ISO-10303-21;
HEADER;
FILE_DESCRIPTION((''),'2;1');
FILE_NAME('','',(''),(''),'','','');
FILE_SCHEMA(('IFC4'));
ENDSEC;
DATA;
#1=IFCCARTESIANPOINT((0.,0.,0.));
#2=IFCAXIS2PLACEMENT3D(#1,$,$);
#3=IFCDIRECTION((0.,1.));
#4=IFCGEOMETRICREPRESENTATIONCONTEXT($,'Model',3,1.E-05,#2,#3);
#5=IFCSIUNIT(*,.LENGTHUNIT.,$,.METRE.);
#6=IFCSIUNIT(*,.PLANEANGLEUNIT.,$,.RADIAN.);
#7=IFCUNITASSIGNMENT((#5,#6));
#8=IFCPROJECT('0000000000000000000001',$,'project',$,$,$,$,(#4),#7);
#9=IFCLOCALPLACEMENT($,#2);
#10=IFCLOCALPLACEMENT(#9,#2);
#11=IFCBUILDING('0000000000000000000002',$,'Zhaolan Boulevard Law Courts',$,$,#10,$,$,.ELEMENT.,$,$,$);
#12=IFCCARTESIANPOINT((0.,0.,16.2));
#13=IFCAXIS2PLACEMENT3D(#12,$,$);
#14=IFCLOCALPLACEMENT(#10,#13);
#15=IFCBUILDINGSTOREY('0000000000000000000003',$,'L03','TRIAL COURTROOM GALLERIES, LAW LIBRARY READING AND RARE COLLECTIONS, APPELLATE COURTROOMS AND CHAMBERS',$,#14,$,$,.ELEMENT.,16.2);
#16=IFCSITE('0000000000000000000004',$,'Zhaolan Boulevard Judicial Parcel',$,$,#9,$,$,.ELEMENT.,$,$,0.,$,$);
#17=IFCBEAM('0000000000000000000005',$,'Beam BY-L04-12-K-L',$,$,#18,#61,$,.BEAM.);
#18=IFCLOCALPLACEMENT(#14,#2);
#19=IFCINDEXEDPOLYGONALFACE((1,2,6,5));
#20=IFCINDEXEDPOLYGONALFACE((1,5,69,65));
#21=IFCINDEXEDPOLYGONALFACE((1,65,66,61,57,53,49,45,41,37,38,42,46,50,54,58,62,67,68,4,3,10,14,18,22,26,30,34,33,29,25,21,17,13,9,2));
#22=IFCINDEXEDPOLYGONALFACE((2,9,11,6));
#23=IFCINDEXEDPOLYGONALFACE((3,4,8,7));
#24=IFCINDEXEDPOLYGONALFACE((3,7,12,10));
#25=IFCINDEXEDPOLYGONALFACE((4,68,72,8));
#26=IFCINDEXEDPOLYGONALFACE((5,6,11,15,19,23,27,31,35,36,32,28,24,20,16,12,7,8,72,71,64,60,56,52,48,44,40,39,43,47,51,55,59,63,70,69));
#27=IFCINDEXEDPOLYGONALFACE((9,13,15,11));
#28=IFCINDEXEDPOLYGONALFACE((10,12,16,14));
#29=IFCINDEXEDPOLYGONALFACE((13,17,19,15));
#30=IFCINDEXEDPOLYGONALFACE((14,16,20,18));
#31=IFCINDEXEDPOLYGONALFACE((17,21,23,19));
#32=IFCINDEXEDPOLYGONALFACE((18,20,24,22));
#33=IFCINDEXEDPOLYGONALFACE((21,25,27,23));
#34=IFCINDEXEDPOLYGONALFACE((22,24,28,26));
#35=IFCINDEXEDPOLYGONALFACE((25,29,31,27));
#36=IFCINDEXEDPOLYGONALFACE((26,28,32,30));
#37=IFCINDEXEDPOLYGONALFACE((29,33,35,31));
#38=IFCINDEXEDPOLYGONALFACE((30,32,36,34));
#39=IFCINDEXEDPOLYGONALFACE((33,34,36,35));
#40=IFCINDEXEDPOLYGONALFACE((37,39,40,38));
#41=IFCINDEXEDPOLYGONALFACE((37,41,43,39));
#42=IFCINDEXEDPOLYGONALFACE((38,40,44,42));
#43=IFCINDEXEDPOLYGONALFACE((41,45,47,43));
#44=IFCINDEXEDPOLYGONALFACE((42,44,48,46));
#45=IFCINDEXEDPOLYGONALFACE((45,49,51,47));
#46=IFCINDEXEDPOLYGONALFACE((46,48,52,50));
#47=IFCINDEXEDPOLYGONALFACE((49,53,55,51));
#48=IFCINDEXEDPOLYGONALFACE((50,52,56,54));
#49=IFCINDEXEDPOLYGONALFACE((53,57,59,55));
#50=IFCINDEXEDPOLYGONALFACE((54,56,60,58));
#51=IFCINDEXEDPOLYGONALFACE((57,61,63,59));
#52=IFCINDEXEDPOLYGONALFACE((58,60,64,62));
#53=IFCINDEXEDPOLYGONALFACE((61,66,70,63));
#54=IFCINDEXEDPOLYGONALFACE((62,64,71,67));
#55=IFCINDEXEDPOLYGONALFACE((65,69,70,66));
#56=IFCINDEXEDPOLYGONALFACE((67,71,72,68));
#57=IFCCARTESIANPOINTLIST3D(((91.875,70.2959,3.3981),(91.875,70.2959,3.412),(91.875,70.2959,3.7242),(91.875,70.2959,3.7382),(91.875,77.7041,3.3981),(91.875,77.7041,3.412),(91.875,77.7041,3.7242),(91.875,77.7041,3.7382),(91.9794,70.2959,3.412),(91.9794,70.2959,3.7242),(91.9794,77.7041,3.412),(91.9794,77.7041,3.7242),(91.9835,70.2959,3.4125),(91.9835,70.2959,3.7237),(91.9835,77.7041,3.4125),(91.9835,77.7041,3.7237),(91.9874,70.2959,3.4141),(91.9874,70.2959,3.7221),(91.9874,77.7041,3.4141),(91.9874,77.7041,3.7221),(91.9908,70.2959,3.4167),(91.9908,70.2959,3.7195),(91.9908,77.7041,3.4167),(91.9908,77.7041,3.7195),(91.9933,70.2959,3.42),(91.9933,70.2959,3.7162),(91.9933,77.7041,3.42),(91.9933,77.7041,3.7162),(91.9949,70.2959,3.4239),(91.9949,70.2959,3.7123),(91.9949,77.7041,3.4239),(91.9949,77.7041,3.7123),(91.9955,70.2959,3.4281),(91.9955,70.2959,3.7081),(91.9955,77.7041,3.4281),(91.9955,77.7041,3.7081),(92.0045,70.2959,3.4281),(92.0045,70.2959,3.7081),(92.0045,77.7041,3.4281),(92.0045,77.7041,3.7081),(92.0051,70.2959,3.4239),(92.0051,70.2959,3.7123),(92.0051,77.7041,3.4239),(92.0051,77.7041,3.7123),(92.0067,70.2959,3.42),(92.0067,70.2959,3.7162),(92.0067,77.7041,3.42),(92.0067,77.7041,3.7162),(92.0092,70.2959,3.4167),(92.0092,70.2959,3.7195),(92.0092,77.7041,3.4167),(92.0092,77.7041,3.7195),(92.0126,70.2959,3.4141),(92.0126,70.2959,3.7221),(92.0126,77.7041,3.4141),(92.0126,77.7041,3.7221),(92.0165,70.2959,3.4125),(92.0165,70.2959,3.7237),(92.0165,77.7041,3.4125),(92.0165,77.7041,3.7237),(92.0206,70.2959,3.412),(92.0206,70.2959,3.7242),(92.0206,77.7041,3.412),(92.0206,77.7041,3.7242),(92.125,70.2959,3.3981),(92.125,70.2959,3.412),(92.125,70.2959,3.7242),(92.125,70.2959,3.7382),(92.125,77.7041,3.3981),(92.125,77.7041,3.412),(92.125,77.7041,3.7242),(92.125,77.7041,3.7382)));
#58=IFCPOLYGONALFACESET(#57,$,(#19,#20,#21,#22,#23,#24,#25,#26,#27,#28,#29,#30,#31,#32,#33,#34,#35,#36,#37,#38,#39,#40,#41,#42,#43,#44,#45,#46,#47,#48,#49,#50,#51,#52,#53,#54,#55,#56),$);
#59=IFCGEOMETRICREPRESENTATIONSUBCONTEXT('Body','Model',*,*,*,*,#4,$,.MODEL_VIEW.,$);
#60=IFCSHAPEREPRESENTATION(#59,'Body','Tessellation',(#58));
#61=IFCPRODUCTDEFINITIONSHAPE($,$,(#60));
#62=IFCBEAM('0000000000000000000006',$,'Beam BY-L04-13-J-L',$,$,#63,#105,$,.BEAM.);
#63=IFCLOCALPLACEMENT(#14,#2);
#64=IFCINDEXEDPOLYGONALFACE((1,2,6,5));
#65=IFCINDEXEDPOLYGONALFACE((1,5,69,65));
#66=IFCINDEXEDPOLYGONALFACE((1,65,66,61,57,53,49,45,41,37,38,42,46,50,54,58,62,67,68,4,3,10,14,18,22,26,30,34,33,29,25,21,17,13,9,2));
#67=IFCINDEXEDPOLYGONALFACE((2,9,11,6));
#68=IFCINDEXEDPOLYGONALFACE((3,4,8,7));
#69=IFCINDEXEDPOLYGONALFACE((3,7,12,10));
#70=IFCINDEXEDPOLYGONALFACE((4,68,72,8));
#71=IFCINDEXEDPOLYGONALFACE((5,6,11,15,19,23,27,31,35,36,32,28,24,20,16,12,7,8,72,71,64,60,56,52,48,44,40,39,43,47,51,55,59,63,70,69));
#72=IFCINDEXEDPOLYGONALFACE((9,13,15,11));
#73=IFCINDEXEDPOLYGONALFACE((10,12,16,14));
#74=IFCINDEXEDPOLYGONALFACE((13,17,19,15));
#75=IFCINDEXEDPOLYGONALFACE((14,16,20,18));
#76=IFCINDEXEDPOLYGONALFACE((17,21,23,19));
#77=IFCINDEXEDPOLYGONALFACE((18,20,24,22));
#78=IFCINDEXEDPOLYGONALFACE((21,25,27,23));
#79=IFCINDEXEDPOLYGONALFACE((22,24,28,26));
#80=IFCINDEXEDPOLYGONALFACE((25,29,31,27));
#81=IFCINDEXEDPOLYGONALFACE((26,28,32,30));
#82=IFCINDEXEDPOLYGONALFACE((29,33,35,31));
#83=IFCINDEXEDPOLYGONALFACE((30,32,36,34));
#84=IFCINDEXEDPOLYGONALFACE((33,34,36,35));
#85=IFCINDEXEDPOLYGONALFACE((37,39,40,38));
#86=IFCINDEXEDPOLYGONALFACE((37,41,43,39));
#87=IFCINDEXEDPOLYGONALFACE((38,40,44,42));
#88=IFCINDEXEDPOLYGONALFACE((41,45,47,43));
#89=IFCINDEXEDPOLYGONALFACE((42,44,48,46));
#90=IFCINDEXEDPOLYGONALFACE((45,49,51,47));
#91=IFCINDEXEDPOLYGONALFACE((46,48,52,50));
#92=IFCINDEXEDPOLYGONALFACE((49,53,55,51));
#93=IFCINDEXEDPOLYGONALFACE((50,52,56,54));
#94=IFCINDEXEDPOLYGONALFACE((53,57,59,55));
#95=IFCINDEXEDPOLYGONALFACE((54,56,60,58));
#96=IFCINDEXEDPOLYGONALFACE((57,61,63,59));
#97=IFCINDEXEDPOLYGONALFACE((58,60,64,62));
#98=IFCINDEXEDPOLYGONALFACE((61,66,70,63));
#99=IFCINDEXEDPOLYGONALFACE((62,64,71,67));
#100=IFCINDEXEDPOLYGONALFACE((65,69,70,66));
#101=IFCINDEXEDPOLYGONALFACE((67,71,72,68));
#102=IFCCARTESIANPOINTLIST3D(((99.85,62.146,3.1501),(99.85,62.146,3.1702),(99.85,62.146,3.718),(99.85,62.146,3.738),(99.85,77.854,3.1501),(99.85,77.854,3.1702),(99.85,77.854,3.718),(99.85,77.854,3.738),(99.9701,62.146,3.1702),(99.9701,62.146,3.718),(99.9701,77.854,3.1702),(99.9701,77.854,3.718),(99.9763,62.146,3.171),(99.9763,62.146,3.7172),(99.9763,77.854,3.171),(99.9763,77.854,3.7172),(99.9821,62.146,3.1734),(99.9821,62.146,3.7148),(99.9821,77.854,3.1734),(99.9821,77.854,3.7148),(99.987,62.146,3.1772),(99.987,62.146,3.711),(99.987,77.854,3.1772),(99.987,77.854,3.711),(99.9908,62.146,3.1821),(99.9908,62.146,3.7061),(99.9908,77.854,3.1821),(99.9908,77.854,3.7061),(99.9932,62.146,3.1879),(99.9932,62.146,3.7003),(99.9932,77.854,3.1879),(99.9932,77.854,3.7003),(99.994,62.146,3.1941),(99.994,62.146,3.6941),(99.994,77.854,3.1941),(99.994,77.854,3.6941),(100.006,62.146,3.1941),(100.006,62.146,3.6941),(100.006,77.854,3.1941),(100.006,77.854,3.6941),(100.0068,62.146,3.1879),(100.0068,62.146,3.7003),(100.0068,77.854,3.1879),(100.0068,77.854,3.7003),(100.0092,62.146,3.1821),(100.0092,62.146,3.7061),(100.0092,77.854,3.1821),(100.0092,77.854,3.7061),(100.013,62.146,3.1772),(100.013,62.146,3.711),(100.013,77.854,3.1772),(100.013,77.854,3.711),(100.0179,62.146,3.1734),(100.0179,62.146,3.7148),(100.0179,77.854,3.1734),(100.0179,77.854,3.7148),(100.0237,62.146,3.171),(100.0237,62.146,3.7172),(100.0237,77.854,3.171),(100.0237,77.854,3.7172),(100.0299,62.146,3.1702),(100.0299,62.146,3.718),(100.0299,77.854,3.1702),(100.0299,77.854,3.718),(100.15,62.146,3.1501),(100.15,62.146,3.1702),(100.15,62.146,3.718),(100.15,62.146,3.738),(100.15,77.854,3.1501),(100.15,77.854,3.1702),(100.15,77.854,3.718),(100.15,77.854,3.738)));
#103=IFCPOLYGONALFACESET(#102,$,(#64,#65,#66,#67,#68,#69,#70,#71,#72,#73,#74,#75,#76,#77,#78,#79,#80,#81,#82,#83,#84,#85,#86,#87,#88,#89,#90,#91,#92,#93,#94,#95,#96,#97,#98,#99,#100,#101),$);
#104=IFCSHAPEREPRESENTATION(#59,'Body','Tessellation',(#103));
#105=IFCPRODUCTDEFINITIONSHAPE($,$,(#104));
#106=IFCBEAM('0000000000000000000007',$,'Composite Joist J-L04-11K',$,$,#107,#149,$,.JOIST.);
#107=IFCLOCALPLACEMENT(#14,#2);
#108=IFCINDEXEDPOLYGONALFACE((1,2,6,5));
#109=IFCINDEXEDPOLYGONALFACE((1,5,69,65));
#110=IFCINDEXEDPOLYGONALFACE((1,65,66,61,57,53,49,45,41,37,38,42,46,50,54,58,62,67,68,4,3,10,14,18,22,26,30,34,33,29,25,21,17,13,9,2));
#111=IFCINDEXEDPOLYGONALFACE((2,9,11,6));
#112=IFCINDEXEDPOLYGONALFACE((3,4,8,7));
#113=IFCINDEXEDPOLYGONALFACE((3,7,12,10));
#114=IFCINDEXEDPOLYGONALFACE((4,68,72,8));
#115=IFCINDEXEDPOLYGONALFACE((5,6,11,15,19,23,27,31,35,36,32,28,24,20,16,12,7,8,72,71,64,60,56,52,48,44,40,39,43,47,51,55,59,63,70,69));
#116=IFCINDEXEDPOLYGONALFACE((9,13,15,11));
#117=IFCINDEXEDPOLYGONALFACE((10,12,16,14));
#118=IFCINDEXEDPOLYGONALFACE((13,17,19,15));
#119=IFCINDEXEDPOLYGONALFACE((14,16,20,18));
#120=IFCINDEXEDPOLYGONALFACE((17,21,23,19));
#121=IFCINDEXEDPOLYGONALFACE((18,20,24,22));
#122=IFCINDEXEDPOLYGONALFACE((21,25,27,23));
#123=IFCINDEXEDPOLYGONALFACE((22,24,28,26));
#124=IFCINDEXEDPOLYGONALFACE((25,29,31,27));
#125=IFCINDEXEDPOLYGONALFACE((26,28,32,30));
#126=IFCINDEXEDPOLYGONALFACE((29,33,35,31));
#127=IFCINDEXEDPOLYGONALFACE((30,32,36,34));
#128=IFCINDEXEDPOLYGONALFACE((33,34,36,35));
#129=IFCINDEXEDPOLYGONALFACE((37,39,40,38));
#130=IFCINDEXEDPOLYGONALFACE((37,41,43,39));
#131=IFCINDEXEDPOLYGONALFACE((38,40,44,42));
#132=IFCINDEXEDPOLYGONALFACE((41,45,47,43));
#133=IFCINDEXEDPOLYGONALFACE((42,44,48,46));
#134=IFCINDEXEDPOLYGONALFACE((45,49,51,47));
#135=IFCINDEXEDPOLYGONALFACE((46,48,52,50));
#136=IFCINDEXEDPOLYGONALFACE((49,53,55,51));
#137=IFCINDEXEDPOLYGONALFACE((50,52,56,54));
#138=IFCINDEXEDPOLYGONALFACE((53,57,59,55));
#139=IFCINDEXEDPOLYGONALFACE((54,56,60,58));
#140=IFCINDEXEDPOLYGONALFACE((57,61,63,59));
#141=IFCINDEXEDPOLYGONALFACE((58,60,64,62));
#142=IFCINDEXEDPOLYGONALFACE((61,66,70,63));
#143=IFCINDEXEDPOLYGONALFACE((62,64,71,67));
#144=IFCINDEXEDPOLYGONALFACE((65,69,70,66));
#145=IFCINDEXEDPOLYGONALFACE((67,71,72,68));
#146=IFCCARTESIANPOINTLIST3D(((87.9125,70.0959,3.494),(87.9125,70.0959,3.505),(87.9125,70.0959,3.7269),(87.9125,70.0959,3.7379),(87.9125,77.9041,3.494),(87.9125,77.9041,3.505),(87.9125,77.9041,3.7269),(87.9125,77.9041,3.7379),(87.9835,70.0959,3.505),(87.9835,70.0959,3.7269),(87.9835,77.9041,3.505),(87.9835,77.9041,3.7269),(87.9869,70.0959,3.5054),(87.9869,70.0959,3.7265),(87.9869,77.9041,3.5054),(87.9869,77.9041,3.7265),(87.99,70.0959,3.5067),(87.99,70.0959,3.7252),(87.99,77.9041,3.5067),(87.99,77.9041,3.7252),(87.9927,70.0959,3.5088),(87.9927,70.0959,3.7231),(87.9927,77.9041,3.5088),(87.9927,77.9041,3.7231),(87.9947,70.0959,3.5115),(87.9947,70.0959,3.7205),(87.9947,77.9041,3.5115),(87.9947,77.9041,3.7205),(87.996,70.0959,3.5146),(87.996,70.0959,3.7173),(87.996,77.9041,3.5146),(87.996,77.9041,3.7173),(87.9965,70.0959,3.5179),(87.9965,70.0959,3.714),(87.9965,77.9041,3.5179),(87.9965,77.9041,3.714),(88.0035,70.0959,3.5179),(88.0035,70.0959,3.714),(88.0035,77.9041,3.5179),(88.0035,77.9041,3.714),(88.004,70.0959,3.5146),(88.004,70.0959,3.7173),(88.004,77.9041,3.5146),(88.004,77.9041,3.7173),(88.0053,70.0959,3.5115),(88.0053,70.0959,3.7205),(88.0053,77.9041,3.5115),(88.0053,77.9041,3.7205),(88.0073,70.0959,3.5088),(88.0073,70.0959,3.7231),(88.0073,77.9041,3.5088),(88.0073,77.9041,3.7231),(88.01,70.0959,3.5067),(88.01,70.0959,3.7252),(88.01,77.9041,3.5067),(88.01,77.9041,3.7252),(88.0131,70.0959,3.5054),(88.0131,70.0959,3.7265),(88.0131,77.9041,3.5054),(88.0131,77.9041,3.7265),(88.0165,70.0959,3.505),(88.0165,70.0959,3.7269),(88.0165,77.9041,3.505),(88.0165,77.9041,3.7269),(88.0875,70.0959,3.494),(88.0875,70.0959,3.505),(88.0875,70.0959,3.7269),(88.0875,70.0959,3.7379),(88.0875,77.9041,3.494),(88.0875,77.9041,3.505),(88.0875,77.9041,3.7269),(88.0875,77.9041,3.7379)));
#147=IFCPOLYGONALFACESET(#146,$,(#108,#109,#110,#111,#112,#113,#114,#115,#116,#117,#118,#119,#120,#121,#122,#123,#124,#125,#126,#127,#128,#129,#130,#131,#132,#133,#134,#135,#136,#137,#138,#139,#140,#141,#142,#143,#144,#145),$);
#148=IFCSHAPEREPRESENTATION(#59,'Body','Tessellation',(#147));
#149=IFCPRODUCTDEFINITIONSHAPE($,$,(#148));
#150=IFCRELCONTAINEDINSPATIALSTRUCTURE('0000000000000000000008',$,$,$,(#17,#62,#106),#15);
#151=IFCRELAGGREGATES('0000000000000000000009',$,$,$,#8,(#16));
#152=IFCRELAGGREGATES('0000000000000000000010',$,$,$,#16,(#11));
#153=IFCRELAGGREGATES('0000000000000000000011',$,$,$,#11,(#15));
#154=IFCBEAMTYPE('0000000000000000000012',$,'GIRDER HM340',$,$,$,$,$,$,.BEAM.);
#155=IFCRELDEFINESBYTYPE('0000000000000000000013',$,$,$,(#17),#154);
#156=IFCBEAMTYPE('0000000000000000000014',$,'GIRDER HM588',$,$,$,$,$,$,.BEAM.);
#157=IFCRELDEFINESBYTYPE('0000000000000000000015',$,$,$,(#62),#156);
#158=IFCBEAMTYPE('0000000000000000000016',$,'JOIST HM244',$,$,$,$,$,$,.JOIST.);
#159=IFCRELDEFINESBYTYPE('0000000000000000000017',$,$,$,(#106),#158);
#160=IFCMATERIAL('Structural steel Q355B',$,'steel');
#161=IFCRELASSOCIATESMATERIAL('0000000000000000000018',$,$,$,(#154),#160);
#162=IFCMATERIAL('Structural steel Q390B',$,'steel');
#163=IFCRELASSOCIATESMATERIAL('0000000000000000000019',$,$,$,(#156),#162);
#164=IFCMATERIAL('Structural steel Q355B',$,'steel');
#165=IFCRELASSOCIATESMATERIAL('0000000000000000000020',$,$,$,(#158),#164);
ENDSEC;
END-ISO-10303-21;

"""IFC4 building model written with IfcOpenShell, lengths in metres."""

from ifc_helpers import new_model, si_unit, direction, frame, origin, origin_2d, place, context, subcontext, project, spatial, i_section, extrude, material, material_profile, profile_set, type_object, element, save


model = new_model("IFC4")

# Units and contexts
model_context = context("Model", 3, precision=1e-05, world=origin(), true_north=direction((0.0, 1.0)))
body_context = subcontext(model_context, "Body", "Model", "MODEL_VIEW")
ifc_project = project(units=[si_unit("LENGTHUNIT", "METRE"), si_unit("PLANEANGLEUNIT", "RADIAN")], contexts=[model_context])

# Site, building, storey
site_placement = place(None, origin())
site = spatial("IfcSite", under=ifc_project, at=site_placement, Name="Zhaolan Boulevard Judicial Parcel", CompositionType="ELEMENT", RefElevation=0.0)
building_placement = place(site_placement, origin())
building = spatial("IfcBuilding", under=site, at=building_placement, Name="Zhaolan Boulevard Law Courts", CompositionType="ELEMENT")
storey_placement = place(building_placement, frame((0.0, 0.0, 16.2)))
storey = spatial("IfcBuildingStorey", under=building, at=storey_placement, Name="L03", Description="TRIAL COURTROOM GALLERIES, LAW LIBRARY READING AND RARE COLLECTIONS, APPELLATE COURTROOMS AND CHAMBERS", CompositionType="ELEMENT", Elevation=16.2)

# Beams
ifc_material_1 = material(Name="Structural steel Q355B", Category="steel")
ifc_material_profile_1 = material_profile(ifc_material_1, i_section(OverallWidth=0.25, OverallDepth=0.3401, WebThickness=0.009, FlangeThickness=0.0139, FilletRadius=0.0161, at=origin_2d()), Name="HM340x250")
ifc_profile_set_1 = profile_set([ifc_material_profile_1], Name="Structural steel Q355B")
beam_type_1 = type_object("IfcBeamType", Name="GIRDER HM340", PredefinedType="BEAM", material=ifc_profile_set_1)
beam_1_placement = place(storey_placement, frame((92.0, 70.2959, 3.5681), z_axis=(0.0, 1.0, 0.0), x_axis=(-1.0, 0.0, 0.0)))
element("IfcBeam", 1, at=beam_1_placement, inside=storey, type_object=beam_type_1, Name="Beam BY-L04-12-K-L", PredefinedType="BEAM", context=body_context, shape_type="SweptSolid", body=[
    extrude(i_section(OverallWidth=0.25, OverallDepth=0.3401, WebThickness=0.009, FlangeThickness=0.0139, FilletRadius=0.0161, at=origin_2d()), origin(), (0.0, 0.0, 1.0), 7.4082),
])
ifc_material_2 = material(Name="Structural steel Q390B", Category="steel")
ifc_material_profile_2 = material_profile(ifc_material_2, i_section(OverallWidth=0.3, OverallDepth=0.5879, WebThickness=0.012, FlangeThickness=0.02, FilletRadius=0.0239, at=origin_2d()), Name="HM588x300")
ifc_profile_set_2 = profile_set([ifc_material_profile_2], Name="Structural steel Q390B")
beam_type_2 = type_object("IfcBeamType", Name="GIRDER HM588", PredefinedType="BEAM", material=ifc_profile_set_2)
beam_2_placement = place(storey_placement, frame((100.0, 62.146, 3.4441), z_axis=(0.0, 1.0, 0.0), x_axis=(-1.0, 0.0, 0.0)))
element("IfcBeam", 2, at=beam_2_placement, inside=storey, type_object=beam_type_2, Name="Beam BY-L04-13-J-L", PredefinedType="BEAM", context=body_context, shape_type="SweptSolid", body=[
    extrude(i_section(OverallWidth=0.3, OverallDepth=0.5879, WebThickness=0.012, FlangeThickness=0.02, FilletRadius=0.0239, at=origin_2d()), origin(), (0.0, 0.0, 1.0), 15.708),
])
ifc_material_3 = material(Name="Structural steel Q355B", Category="steel")
ifc_material_profile_3 = material_profile(ifc_material_3, i_section(OverallWidth=0.175, OverallDepth=0.2439, WebThickness=0.0071, FlangeThickness=0.011, FilletRadius=0.0129, at=origin_2d()), Name="HM244x175")
ifc_profile_set_3 = profile_set([ifc_material_profile_3], Name="Structural steel Q355B")
beam_type_3 = type_object("IfcBeamType", Name="JOIST HM244", PredefinedType="JOIST", material=ifc_profile_set_3)
beam_3_placement = place(storey_placement, frame((88.0, 70.0959, 3.616), z_axis=(0.0, 1.0, 0.0), x_axis=(-1.0, 0.0, 0.0)))
element("IfcBeam", 3, at=beam_3_placement, inside=storey, type_object=beam_type_3, Name="Composite Joist J-L04-11K", PredefinedType="JOIST", context=body_context, shape_type="SweptSolid", body=[
    extrude(i_section(OverallWidth=0.175, OverallDepth=0.2439, WebThickness=0.0071, FlangeThickness=0.011, FilletRadius=0.0129, at=origin_2d()), origin(), (0.0, 0.0, 1.0), 7.8081),
])

save(model, "model.ifc")
